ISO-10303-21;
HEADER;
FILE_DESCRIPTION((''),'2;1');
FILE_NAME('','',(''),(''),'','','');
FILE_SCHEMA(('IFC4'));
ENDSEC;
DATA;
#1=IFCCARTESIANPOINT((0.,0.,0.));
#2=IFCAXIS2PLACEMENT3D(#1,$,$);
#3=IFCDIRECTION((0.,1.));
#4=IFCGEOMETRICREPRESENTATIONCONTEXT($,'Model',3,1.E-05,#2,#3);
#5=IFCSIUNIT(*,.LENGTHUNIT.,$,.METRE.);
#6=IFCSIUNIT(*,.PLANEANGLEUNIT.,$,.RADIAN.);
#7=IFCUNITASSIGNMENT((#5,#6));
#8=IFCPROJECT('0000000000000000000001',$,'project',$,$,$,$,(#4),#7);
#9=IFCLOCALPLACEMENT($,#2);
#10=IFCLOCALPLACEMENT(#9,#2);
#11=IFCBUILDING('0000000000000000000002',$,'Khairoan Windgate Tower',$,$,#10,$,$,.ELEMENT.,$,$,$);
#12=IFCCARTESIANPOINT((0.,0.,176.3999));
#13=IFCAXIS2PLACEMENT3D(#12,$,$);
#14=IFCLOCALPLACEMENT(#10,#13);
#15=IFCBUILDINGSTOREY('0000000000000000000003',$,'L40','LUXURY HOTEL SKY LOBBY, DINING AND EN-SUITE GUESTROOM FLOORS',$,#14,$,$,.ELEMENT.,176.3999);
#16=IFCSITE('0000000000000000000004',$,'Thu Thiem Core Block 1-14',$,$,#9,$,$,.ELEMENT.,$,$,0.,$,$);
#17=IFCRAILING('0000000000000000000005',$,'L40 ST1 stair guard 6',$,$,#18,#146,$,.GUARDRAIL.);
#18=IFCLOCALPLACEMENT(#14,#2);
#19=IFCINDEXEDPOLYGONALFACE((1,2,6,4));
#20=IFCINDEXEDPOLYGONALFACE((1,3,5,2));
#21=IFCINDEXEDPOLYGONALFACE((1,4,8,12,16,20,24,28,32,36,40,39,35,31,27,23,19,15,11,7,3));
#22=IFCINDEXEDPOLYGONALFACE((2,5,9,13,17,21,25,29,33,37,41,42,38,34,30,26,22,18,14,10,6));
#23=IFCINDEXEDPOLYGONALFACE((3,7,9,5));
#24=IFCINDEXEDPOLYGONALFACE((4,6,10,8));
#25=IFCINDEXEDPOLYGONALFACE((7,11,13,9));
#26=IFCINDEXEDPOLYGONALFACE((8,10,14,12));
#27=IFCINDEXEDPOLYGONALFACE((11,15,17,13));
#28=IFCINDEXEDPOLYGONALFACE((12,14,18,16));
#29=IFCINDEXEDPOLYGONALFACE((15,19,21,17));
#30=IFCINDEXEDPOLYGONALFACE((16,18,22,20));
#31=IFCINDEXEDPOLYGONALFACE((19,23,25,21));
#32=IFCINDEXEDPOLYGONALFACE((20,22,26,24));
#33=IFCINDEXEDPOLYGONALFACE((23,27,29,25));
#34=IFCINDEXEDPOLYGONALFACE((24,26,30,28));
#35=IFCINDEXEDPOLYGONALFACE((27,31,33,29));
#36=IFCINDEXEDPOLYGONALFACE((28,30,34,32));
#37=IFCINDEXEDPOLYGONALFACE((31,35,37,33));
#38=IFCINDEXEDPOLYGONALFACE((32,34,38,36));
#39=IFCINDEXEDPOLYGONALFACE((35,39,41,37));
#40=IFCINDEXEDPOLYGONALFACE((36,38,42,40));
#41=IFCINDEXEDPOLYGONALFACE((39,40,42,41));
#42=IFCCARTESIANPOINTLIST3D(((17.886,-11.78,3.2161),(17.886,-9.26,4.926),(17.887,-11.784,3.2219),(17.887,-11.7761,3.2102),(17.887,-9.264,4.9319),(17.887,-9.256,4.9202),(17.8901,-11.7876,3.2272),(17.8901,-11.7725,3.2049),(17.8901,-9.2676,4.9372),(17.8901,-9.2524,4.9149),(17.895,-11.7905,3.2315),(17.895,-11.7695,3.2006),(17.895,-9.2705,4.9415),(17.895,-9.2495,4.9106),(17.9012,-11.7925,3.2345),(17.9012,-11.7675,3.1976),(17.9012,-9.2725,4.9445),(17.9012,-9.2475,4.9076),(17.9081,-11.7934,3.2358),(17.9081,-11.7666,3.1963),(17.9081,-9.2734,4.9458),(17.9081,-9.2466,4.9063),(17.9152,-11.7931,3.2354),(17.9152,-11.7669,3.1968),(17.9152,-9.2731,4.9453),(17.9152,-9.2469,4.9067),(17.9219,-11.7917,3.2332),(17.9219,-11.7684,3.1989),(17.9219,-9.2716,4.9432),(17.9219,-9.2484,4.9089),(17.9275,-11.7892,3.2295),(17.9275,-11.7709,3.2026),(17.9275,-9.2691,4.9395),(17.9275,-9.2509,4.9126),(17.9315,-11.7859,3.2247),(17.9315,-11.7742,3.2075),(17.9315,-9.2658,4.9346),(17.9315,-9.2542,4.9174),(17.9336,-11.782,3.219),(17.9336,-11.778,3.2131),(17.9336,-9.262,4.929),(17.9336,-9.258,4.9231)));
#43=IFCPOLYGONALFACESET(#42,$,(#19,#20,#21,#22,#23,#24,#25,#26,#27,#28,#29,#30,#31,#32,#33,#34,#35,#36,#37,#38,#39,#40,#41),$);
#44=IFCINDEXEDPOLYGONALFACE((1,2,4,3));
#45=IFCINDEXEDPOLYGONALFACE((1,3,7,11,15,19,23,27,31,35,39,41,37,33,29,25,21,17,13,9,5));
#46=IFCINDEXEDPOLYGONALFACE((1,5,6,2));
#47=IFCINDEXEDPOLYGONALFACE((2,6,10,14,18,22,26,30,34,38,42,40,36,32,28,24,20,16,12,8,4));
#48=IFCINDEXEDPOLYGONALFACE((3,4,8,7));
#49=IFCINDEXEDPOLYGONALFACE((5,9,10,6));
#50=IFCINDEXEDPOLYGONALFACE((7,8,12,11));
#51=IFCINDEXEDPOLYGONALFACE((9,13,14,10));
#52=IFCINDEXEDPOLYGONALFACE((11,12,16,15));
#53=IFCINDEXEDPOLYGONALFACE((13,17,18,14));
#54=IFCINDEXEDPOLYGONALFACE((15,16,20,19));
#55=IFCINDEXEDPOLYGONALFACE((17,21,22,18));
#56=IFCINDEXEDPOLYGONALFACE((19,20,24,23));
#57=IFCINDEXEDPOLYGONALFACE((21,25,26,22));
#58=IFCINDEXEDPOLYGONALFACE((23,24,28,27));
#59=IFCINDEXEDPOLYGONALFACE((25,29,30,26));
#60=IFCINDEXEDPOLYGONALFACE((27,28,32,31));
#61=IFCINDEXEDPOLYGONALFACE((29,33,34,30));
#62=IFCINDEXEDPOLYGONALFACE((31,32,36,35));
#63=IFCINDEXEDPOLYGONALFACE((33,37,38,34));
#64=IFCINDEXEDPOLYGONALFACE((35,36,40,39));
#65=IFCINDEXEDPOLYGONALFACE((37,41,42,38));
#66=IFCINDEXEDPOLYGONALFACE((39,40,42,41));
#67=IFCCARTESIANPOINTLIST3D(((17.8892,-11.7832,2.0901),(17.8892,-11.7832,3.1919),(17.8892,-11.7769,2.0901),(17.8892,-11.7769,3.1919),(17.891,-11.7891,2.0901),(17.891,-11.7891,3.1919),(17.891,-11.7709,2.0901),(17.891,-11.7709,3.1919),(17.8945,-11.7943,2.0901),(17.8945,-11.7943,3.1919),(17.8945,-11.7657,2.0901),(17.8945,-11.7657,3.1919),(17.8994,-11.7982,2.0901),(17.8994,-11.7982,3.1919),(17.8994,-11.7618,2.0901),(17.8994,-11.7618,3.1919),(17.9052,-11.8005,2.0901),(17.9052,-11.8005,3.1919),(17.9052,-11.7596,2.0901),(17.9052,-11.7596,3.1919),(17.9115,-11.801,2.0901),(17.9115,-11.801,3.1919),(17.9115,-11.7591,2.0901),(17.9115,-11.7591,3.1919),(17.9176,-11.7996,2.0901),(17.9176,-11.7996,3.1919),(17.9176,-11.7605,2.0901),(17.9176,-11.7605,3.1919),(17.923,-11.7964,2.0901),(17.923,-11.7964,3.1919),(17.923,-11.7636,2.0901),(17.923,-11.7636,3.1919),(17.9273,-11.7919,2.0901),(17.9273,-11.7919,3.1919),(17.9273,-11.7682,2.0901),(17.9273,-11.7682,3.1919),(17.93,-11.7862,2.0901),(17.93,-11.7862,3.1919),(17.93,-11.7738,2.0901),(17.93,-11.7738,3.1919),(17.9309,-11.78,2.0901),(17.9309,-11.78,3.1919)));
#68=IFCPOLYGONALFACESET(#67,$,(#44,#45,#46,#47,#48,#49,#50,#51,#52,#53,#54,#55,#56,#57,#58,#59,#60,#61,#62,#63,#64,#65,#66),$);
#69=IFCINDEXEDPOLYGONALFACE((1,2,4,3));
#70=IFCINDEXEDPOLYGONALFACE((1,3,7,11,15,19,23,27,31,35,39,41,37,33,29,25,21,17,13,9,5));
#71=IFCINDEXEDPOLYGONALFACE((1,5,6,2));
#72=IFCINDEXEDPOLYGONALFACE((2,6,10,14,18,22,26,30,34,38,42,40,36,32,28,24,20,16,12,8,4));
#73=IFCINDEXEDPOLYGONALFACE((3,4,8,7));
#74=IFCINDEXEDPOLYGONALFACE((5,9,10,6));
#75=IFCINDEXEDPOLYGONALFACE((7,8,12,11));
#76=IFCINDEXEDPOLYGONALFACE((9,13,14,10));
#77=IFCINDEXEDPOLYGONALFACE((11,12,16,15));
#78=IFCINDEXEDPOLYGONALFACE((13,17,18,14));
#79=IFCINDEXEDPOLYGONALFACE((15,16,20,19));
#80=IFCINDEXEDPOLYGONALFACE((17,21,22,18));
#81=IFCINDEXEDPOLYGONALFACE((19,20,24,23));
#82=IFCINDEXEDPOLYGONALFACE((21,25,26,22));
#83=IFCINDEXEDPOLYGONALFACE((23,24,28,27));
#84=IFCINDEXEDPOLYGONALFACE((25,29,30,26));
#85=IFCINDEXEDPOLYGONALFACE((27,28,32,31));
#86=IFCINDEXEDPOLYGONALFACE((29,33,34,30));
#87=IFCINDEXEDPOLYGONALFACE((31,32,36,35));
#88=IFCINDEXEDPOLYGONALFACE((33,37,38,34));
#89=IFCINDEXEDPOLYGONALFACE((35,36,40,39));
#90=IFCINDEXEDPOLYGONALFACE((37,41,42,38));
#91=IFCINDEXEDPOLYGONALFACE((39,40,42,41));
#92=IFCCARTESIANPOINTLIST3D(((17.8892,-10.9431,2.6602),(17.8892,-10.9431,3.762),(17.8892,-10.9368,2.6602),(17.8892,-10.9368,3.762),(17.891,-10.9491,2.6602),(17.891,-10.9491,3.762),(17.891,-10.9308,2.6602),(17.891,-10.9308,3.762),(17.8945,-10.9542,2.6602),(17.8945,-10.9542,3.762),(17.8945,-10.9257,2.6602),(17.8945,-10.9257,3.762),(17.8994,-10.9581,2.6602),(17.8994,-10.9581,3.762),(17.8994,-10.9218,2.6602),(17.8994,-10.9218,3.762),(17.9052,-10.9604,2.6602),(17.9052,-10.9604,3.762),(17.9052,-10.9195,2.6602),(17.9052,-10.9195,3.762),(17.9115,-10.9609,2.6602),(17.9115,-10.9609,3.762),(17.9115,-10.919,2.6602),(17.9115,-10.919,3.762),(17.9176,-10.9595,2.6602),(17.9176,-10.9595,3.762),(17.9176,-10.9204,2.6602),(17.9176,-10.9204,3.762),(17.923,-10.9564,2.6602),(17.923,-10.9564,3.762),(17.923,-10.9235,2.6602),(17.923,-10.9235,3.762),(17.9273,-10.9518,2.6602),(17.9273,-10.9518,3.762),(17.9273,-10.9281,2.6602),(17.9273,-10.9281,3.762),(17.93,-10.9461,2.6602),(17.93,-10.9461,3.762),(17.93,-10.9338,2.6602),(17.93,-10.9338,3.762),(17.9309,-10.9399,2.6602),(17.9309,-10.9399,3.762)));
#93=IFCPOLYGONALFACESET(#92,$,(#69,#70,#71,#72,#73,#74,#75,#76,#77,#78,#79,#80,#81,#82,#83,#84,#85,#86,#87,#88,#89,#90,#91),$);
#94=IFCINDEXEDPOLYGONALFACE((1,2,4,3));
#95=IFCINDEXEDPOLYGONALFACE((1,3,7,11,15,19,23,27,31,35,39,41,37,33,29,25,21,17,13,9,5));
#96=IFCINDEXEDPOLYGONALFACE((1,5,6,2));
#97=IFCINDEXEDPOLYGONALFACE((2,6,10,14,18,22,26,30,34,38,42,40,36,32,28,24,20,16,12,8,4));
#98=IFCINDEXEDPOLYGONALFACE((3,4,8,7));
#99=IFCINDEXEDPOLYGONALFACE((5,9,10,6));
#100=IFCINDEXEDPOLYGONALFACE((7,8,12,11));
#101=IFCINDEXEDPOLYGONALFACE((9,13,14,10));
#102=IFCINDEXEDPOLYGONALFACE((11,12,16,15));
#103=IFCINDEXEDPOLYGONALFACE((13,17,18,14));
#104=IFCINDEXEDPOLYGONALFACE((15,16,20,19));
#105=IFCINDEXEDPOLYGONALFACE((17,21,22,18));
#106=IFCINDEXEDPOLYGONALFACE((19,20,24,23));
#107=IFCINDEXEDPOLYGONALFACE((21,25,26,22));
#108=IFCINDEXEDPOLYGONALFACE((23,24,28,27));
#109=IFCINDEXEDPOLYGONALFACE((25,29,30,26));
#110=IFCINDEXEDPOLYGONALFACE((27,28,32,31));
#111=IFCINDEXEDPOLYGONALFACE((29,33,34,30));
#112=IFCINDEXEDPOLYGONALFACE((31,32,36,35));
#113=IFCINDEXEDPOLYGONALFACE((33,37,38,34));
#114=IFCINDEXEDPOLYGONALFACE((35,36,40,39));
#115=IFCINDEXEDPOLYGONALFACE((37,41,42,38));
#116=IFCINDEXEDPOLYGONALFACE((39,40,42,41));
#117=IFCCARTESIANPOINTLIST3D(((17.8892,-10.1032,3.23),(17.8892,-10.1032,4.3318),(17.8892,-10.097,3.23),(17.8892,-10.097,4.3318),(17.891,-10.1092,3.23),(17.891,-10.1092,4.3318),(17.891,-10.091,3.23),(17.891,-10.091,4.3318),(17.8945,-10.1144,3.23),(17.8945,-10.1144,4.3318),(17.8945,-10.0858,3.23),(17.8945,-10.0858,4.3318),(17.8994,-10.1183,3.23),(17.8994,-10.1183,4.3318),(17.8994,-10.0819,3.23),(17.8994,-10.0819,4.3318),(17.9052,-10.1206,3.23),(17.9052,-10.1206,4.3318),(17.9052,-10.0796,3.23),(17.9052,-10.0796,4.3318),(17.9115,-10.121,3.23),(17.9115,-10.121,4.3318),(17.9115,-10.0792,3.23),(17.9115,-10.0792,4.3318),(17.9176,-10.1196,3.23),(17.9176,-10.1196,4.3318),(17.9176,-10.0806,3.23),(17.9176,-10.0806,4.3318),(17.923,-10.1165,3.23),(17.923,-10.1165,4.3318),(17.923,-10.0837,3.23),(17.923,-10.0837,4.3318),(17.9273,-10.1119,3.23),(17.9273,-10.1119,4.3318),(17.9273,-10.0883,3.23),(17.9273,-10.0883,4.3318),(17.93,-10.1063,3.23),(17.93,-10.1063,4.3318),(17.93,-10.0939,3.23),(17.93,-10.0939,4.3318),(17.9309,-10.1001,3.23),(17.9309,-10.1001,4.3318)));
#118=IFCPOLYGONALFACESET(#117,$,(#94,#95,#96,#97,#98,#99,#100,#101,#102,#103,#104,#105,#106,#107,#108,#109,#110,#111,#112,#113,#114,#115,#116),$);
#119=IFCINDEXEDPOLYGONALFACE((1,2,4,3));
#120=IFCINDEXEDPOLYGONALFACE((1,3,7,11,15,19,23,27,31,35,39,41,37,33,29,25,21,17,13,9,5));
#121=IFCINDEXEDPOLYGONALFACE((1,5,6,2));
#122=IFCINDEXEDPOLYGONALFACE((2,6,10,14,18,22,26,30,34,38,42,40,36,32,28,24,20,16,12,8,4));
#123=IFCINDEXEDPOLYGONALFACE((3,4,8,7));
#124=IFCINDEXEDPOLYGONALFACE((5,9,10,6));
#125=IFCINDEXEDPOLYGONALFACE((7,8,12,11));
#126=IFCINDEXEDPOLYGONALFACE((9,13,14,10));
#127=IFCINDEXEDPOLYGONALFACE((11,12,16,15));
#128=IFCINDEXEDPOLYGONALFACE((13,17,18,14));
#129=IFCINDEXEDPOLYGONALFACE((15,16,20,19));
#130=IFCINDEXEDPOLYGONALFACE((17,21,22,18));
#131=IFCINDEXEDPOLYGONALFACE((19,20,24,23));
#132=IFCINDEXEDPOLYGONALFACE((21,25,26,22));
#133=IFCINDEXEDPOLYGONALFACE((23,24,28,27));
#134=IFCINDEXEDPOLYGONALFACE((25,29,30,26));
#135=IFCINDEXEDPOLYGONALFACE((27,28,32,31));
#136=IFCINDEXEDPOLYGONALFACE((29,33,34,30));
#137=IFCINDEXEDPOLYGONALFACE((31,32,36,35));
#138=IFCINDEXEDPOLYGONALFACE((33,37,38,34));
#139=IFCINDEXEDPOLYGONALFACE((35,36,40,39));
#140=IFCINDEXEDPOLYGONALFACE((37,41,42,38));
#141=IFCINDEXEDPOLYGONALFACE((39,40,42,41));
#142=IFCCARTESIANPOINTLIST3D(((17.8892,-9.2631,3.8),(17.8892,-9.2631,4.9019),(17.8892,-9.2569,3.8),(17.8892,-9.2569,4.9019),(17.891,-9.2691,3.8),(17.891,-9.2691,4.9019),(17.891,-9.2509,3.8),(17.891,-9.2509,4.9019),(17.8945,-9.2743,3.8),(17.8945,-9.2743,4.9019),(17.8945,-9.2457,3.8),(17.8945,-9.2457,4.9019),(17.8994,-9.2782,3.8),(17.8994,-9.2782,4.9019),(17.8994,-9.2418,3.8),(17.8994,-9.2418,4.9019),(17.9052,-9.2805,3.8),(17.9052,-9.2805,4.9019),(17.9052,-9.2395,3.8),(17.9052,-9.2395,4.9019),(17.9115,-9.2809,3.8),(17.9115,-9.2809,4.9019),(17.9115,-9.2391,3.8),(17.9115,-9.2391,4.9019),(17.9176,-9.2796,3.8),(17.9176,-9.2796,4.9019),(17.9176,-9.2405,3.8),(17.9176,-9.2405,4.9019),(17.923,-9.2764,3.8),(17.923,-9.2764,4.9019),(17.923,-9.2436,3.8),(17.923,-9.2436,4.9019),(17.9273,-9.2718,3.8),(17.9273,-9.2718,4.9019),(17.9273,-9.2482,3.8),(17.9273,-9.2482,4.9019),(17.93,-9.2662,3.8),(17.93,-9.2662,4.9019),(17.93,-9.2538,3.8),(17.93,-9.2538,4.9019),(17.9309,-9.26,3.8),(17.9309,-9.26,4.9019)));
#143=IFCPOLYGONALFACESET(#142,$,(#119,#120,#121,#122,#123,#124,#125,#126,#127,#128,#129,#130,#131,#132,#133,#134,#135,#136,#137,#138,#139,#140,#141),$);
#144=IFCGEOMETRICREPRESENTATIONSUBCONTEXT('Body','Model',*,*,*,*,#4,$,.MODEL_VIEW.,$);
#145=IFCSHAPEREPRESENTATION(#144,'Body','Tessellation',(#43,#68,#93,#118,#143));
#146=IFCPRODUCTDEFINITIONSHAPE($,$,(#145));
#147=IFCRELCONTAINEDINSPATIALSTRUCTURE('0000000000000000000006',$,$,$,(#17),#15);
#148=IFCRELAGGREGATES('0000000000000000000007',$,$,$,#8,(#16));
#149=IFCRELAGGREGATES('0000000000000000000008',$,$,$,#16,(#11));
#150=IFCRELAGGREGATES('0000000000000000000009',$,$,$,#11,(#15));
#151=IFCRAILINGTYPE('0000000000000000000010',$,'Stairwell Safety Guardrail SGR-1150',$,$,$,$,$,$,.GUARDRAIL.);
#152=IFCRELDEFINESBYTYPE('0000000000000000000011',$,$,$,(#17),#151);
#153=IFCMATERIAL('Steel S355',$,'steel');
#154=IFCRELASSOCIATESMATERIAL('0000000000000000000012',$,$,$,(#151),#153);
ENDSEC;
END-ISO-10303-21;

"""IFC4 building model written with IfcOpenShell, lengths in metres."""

from ifc_helpers import new_model, si_unit, direction, frame, origin, origin_2d, place, context, subcontext, project, spatial, circle, extrude, material, type_object, element, save


model = new_model("IFC4")

# Units and contexts
model_context = context("Model", 3, precision=1e-05, world=origin(), true_north=direction((0.0, 1.0)))
body_context = subcontext(model_context, "Body", "Model", "MODEL_VIEW")
ifc_project = project(units=[si_unit("LENGTHUNIT", "METRE"), si_unit("PLANEANGLEUNIT", "RADIAN")], contexts=[model_context])

# Site, building, storey
site_placement = place(None, origin())
site = spatial("IfcSite", under=ifc_project, at=site_placement, Name="Thu Thiem Core Block 1-14", CompositionType="ELEMENT", RefElevation=0.0)
building_placement = place(site_placement, origin())
building = spatial("IfcBuilding", under=site, at=building_placement, Name="Khairoan Windgate Tower", CompositionType="ELEMENT")
storey_placement = place(building_placement, frame((0.0, 0.0, 176.3999)))
storey = spatial("IfcBuildingStorey", under=building, at=storey_placement, Name="L40", Description="LUXURY HOTEL SKY LOBBY, DINING AND EN-SUITE GUESTROOM FLOORS", CompositionType="ELEMENT", Elevation=176.3999)

# Railing
ifc_material_1 = material(Name="Steel S355", Category="steel")
railing_type_1 = type_object("IfcRailingType", Name="Stairwell Safety Guardrail SGR-1150", PredefinedType="GUARDRAIL", material=ifc_material_1)
railing_1_placement = place(storey_placement, frame((17.9099, -11.78, 2.0901)))
element("IfcRailing", 1, at=railing_1_placement, inside=storey, type_object=railing_type_1, Name="L40 ST1 stair guard 6", PredefinedType="GUARDRAIL", context=body_context, shape_type="SweptSolid", body=[
    extrude(circle(Radius=0.0239, at=origin_2d()), frame((0.0, 0.0, 1.126), z_axis=(0.0, 0.827484, 0.56149), x_axis=(-1.0, 0.0, 0.0)), (0.0, 0.0, 1.0), 3.0454),
    extrude(circle(Radius=0.021, at=origin_2d()), origin(), (0.0, 0.0, 1.0), 1.1018),
    extrude(circle(Radius=0.021, at=origin_2d()), frame((0.0, 0.8401, 0.5701)), (0.0, 0.0, 1.0), 1.1018),
    extrude(circle(Radius=0.021, at=origin_2d()), frame((0.0, 1.6799, 1.1399)), (0.0, 0.0, 1.0), 1.1018),
    extrude(circle(Radius=0.021, at=origin_2d()), frame((0.0, 2.52, 1.71)), (0.0, 0.0, 1.0), 1.1018),
])

save(model, "model.ifc")
